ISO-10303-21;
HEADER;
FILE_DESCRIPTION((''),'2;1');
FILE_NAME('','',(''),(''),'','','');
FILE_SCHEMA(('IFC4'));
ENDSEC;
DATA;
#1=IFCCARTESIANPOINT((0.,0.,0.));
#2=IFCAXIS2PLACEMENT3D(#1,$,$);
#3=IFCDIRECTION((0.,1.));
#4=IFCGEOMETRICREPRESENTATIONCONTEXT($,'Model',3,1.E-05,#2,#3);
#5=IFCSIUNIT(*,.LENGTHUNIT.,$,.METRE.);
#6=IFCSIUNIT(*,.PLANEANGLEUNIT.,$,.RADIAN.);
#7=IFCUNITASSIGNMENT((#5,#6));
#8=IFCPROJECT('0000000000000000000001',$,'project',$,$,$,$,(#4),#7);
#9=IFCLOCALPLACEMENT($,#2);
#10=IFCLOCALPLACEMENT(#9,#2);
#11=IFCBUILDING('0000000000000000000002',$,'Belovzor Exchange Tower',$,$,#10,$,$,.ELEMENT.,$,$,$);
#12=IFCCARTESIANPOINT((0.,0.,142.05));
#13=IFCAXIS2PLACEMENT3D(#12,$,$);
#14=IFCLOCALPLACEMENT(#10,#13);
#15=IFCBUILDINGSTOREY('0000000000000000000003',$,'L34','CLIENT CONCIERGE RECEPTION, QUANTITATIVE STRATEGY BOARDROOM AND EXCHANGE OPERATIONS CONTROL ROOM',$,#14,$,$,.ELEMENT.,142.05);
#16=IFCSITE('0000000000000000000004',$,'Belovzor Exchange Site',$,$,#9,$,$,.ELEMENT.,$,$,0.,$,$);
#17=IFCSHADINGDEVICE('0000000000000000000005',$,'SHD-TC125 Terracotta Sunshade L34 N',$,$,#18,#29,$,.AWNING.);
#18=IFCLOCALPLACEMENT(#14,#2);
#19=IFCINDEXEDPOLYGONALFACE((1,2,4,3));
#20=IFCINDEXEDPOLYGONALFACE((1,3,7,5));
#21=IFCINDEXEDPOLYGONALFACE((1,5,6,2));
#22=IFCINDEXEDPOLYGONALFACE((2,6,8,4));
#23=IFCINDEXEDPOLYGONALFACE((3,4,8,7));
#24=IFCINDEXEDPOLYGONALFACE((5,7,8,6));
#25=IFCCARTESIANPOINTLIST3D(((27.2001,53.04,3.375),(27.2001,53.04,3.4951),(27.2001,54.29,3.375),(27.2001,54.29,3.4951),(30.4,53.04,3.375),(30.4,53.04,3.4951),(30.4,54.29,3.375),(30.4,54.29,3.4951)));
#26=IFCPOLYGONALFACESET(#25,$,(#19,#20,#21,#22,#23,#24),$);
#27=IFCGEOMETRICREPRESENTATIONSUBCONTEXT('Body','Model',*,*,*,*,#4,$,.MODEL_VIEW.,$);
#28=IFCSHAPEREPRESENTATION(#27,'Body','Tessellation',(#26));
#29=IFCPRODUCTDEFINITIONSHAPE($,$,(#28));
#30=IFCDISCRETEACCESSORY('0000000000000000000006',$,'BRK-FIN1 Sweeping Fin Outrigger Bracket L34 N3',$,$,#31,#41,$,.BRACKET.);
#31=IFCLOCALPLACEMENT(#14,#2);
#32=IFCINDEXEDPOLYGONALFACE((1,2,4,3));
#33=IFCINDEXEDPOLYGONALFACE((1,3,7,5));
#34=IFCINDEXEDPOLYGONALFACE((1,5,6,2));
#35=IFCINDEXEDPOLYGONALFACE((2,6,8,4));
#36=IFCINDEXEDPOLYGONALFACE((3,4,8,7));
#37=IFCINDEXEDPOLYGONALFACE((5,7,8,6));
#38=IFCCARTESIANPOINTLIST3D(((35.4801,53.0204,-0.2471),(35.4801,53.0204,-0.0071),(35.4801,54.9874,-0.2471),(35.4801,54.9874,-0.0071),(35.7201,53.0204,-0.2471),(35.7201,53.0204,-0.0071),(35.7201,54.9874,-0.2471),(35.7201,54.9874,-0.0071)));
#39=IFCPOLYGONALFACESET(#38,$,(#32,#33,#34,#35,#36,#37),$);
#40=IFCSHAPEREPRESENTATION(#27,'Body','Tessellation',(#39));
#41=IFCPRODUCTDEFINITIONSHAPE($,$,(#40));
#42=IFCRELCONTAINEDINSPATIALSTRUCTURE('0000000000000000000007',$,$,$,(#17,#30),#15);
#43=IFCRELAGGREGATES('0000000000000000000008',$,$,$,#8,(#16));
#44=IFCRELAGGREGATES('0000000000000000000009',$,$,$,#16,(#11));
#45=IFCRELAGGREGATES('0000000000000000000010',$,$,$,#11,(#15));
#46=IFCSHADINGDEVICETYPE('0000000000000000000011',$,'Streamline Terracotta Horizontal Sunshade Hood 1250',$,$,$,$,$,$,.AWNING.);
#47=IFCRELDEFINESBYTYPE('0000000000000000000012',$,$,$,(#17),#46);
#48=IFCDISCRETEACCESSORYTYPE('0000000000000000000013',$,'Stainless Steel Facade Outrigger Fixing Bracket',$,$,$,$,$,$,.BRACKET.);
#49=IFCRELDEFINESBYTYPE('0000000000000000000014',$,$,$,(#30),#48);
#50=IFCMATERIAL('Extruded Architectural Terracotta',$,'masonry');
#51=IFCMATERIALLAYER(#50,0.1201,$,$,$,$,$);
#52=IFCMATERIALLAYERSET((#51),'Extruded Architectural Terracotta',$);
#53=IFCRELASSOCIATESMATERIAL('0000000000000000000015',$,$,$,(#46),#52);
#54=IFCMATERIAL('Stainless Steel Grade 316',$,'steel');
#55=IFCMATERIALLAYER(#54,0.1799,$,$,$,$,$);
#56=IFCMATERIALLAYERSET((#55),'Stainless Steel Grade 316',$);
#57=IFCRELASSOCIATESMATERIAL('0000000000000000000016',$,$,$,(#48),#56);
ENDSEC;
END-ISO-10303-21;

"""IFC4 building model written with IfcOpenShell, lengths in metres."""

from ifc_helpers import new_model, si_unit, direction, frame, origin, origin_2d, place, context, subcontext, project, spatial, rectangle, extrude, material, layer, layer_set, type_object, element, save


model = new_model("IFC4")

# Units and contexts
model_context = context("Model", 3, precision=1e-05, world=origin(), true_north=direction((0.0, 1.0)))
body_context = subcontext(model_context, "Body", "Model", "MODEL_VIEW")
ifc_project = project(units=[si_unit("LENGTHUNIT", "METRE"), si_unit("PLANEANGLEUNIT", "RADIAN")], contexts=[model_context])

# Site, building, storey
site_placement = place(None, origin())
site = spatial("IfcSite", under=ifc_project, at=site_placement, Name="Belovzor Exchange Site", CompositionType="ELEMENT", RefElevation=0.0)
building_placement = place(site_placement, origin())
building = spatial("IfcBuilding", under=site, at=building_placement, Name="Belovzor Exchange Tower", CompositionType="ELEMENT")
storey_placement = place(building_placement, frame((0.0, 0.0, 142.05)))
storey = spatial("IfcBuildingStorey", under=building, at=storey_placement, Name="L34", Description="CLIENT CONCIERGE RECEPTION, QUANTITATIVE STRATEGY BOARDROOM AND EXCHANGE OPERATIONS CONTROL ROOM", CompositionType="ELEMENT", Elevation=142.05)

# Shading device
ifc_material_1 = material(Name="Extruded Architectural Terracotta", Category="masonry")
ifc_layer_1 = layer(ifc_material_1, 0.1201)
ifc_layer_set_1 = layer_set([ifc_layer_1], Name="Extruded Architectural Terracotta")
shading_device_type = type_object("IfcShadingDeviceType", Name="Streamline Terracotta Horizontal Sunshade Hood 1250", PredefinedType="AWNING", material=ifc_layer_set_1)
shading_device_placement = place(storey_placement, frame((28.8, 53.665, 3.375), z_axis=(0.0, 0.0, 1.0), x_axis=(1.0, 0.0, 0.0)))
element("IfcShadingDevice", 1, at=shading_device_placement, inside=storey, type_object=shading_device_type, Name="SHD-TC125 Terracotta Sunshade L34 N", PredefinedType="AWNING", context=body_context, shape_type="SweptSolid", body=[
    extrude(rectangle(XDim=3.2, YDim=1.25, at=origin_2d()), origin(), (0.0, 0.0, 1.0), 0.1201),
])

# Discrete accessory
ifc_material_2 = material(Name="Stainless Steel Grade 316", Category="steel")
ifc_layer_2 = layer(ifc_material_2, 0.1799)
ifc_layer_set_2 = layer_set([ifc_layer_2], Name="Stainless Steel Grade 316")
discrete_accessory_type = type_object("IfcDiscreteAccessoryType", Name="Stainless Steel Facade Outrigger Fixing Bracket", PredefinedType="BRACKET", material=ifc_layer_set_2)
discrete_accessory_placement = place(storey_placement, frame((35.6001, 54.0039, -0.2471), z_axis=(0.0, 0.0, 1.0), x_axis=(0.0, 1.0, 0.0)))
element("IfcDiscreteAccessory", 2, at=discrete_accessory_placement, inside=storey, type_object=discrete_accessory_type, Name="BRK-FIN1 Sweeping Fin Outrigger Bracket L34 N3", PredefinedType="BRACKET", context=body_context, shape_type="SweptSolid", body=[
    extrude(rectangle(XDim=1.967, YDim=0.24, at=origin_2d()), origin(), (0.0, 0.0, 1.0), 0.24),
])

save(model, "model.ifc")
